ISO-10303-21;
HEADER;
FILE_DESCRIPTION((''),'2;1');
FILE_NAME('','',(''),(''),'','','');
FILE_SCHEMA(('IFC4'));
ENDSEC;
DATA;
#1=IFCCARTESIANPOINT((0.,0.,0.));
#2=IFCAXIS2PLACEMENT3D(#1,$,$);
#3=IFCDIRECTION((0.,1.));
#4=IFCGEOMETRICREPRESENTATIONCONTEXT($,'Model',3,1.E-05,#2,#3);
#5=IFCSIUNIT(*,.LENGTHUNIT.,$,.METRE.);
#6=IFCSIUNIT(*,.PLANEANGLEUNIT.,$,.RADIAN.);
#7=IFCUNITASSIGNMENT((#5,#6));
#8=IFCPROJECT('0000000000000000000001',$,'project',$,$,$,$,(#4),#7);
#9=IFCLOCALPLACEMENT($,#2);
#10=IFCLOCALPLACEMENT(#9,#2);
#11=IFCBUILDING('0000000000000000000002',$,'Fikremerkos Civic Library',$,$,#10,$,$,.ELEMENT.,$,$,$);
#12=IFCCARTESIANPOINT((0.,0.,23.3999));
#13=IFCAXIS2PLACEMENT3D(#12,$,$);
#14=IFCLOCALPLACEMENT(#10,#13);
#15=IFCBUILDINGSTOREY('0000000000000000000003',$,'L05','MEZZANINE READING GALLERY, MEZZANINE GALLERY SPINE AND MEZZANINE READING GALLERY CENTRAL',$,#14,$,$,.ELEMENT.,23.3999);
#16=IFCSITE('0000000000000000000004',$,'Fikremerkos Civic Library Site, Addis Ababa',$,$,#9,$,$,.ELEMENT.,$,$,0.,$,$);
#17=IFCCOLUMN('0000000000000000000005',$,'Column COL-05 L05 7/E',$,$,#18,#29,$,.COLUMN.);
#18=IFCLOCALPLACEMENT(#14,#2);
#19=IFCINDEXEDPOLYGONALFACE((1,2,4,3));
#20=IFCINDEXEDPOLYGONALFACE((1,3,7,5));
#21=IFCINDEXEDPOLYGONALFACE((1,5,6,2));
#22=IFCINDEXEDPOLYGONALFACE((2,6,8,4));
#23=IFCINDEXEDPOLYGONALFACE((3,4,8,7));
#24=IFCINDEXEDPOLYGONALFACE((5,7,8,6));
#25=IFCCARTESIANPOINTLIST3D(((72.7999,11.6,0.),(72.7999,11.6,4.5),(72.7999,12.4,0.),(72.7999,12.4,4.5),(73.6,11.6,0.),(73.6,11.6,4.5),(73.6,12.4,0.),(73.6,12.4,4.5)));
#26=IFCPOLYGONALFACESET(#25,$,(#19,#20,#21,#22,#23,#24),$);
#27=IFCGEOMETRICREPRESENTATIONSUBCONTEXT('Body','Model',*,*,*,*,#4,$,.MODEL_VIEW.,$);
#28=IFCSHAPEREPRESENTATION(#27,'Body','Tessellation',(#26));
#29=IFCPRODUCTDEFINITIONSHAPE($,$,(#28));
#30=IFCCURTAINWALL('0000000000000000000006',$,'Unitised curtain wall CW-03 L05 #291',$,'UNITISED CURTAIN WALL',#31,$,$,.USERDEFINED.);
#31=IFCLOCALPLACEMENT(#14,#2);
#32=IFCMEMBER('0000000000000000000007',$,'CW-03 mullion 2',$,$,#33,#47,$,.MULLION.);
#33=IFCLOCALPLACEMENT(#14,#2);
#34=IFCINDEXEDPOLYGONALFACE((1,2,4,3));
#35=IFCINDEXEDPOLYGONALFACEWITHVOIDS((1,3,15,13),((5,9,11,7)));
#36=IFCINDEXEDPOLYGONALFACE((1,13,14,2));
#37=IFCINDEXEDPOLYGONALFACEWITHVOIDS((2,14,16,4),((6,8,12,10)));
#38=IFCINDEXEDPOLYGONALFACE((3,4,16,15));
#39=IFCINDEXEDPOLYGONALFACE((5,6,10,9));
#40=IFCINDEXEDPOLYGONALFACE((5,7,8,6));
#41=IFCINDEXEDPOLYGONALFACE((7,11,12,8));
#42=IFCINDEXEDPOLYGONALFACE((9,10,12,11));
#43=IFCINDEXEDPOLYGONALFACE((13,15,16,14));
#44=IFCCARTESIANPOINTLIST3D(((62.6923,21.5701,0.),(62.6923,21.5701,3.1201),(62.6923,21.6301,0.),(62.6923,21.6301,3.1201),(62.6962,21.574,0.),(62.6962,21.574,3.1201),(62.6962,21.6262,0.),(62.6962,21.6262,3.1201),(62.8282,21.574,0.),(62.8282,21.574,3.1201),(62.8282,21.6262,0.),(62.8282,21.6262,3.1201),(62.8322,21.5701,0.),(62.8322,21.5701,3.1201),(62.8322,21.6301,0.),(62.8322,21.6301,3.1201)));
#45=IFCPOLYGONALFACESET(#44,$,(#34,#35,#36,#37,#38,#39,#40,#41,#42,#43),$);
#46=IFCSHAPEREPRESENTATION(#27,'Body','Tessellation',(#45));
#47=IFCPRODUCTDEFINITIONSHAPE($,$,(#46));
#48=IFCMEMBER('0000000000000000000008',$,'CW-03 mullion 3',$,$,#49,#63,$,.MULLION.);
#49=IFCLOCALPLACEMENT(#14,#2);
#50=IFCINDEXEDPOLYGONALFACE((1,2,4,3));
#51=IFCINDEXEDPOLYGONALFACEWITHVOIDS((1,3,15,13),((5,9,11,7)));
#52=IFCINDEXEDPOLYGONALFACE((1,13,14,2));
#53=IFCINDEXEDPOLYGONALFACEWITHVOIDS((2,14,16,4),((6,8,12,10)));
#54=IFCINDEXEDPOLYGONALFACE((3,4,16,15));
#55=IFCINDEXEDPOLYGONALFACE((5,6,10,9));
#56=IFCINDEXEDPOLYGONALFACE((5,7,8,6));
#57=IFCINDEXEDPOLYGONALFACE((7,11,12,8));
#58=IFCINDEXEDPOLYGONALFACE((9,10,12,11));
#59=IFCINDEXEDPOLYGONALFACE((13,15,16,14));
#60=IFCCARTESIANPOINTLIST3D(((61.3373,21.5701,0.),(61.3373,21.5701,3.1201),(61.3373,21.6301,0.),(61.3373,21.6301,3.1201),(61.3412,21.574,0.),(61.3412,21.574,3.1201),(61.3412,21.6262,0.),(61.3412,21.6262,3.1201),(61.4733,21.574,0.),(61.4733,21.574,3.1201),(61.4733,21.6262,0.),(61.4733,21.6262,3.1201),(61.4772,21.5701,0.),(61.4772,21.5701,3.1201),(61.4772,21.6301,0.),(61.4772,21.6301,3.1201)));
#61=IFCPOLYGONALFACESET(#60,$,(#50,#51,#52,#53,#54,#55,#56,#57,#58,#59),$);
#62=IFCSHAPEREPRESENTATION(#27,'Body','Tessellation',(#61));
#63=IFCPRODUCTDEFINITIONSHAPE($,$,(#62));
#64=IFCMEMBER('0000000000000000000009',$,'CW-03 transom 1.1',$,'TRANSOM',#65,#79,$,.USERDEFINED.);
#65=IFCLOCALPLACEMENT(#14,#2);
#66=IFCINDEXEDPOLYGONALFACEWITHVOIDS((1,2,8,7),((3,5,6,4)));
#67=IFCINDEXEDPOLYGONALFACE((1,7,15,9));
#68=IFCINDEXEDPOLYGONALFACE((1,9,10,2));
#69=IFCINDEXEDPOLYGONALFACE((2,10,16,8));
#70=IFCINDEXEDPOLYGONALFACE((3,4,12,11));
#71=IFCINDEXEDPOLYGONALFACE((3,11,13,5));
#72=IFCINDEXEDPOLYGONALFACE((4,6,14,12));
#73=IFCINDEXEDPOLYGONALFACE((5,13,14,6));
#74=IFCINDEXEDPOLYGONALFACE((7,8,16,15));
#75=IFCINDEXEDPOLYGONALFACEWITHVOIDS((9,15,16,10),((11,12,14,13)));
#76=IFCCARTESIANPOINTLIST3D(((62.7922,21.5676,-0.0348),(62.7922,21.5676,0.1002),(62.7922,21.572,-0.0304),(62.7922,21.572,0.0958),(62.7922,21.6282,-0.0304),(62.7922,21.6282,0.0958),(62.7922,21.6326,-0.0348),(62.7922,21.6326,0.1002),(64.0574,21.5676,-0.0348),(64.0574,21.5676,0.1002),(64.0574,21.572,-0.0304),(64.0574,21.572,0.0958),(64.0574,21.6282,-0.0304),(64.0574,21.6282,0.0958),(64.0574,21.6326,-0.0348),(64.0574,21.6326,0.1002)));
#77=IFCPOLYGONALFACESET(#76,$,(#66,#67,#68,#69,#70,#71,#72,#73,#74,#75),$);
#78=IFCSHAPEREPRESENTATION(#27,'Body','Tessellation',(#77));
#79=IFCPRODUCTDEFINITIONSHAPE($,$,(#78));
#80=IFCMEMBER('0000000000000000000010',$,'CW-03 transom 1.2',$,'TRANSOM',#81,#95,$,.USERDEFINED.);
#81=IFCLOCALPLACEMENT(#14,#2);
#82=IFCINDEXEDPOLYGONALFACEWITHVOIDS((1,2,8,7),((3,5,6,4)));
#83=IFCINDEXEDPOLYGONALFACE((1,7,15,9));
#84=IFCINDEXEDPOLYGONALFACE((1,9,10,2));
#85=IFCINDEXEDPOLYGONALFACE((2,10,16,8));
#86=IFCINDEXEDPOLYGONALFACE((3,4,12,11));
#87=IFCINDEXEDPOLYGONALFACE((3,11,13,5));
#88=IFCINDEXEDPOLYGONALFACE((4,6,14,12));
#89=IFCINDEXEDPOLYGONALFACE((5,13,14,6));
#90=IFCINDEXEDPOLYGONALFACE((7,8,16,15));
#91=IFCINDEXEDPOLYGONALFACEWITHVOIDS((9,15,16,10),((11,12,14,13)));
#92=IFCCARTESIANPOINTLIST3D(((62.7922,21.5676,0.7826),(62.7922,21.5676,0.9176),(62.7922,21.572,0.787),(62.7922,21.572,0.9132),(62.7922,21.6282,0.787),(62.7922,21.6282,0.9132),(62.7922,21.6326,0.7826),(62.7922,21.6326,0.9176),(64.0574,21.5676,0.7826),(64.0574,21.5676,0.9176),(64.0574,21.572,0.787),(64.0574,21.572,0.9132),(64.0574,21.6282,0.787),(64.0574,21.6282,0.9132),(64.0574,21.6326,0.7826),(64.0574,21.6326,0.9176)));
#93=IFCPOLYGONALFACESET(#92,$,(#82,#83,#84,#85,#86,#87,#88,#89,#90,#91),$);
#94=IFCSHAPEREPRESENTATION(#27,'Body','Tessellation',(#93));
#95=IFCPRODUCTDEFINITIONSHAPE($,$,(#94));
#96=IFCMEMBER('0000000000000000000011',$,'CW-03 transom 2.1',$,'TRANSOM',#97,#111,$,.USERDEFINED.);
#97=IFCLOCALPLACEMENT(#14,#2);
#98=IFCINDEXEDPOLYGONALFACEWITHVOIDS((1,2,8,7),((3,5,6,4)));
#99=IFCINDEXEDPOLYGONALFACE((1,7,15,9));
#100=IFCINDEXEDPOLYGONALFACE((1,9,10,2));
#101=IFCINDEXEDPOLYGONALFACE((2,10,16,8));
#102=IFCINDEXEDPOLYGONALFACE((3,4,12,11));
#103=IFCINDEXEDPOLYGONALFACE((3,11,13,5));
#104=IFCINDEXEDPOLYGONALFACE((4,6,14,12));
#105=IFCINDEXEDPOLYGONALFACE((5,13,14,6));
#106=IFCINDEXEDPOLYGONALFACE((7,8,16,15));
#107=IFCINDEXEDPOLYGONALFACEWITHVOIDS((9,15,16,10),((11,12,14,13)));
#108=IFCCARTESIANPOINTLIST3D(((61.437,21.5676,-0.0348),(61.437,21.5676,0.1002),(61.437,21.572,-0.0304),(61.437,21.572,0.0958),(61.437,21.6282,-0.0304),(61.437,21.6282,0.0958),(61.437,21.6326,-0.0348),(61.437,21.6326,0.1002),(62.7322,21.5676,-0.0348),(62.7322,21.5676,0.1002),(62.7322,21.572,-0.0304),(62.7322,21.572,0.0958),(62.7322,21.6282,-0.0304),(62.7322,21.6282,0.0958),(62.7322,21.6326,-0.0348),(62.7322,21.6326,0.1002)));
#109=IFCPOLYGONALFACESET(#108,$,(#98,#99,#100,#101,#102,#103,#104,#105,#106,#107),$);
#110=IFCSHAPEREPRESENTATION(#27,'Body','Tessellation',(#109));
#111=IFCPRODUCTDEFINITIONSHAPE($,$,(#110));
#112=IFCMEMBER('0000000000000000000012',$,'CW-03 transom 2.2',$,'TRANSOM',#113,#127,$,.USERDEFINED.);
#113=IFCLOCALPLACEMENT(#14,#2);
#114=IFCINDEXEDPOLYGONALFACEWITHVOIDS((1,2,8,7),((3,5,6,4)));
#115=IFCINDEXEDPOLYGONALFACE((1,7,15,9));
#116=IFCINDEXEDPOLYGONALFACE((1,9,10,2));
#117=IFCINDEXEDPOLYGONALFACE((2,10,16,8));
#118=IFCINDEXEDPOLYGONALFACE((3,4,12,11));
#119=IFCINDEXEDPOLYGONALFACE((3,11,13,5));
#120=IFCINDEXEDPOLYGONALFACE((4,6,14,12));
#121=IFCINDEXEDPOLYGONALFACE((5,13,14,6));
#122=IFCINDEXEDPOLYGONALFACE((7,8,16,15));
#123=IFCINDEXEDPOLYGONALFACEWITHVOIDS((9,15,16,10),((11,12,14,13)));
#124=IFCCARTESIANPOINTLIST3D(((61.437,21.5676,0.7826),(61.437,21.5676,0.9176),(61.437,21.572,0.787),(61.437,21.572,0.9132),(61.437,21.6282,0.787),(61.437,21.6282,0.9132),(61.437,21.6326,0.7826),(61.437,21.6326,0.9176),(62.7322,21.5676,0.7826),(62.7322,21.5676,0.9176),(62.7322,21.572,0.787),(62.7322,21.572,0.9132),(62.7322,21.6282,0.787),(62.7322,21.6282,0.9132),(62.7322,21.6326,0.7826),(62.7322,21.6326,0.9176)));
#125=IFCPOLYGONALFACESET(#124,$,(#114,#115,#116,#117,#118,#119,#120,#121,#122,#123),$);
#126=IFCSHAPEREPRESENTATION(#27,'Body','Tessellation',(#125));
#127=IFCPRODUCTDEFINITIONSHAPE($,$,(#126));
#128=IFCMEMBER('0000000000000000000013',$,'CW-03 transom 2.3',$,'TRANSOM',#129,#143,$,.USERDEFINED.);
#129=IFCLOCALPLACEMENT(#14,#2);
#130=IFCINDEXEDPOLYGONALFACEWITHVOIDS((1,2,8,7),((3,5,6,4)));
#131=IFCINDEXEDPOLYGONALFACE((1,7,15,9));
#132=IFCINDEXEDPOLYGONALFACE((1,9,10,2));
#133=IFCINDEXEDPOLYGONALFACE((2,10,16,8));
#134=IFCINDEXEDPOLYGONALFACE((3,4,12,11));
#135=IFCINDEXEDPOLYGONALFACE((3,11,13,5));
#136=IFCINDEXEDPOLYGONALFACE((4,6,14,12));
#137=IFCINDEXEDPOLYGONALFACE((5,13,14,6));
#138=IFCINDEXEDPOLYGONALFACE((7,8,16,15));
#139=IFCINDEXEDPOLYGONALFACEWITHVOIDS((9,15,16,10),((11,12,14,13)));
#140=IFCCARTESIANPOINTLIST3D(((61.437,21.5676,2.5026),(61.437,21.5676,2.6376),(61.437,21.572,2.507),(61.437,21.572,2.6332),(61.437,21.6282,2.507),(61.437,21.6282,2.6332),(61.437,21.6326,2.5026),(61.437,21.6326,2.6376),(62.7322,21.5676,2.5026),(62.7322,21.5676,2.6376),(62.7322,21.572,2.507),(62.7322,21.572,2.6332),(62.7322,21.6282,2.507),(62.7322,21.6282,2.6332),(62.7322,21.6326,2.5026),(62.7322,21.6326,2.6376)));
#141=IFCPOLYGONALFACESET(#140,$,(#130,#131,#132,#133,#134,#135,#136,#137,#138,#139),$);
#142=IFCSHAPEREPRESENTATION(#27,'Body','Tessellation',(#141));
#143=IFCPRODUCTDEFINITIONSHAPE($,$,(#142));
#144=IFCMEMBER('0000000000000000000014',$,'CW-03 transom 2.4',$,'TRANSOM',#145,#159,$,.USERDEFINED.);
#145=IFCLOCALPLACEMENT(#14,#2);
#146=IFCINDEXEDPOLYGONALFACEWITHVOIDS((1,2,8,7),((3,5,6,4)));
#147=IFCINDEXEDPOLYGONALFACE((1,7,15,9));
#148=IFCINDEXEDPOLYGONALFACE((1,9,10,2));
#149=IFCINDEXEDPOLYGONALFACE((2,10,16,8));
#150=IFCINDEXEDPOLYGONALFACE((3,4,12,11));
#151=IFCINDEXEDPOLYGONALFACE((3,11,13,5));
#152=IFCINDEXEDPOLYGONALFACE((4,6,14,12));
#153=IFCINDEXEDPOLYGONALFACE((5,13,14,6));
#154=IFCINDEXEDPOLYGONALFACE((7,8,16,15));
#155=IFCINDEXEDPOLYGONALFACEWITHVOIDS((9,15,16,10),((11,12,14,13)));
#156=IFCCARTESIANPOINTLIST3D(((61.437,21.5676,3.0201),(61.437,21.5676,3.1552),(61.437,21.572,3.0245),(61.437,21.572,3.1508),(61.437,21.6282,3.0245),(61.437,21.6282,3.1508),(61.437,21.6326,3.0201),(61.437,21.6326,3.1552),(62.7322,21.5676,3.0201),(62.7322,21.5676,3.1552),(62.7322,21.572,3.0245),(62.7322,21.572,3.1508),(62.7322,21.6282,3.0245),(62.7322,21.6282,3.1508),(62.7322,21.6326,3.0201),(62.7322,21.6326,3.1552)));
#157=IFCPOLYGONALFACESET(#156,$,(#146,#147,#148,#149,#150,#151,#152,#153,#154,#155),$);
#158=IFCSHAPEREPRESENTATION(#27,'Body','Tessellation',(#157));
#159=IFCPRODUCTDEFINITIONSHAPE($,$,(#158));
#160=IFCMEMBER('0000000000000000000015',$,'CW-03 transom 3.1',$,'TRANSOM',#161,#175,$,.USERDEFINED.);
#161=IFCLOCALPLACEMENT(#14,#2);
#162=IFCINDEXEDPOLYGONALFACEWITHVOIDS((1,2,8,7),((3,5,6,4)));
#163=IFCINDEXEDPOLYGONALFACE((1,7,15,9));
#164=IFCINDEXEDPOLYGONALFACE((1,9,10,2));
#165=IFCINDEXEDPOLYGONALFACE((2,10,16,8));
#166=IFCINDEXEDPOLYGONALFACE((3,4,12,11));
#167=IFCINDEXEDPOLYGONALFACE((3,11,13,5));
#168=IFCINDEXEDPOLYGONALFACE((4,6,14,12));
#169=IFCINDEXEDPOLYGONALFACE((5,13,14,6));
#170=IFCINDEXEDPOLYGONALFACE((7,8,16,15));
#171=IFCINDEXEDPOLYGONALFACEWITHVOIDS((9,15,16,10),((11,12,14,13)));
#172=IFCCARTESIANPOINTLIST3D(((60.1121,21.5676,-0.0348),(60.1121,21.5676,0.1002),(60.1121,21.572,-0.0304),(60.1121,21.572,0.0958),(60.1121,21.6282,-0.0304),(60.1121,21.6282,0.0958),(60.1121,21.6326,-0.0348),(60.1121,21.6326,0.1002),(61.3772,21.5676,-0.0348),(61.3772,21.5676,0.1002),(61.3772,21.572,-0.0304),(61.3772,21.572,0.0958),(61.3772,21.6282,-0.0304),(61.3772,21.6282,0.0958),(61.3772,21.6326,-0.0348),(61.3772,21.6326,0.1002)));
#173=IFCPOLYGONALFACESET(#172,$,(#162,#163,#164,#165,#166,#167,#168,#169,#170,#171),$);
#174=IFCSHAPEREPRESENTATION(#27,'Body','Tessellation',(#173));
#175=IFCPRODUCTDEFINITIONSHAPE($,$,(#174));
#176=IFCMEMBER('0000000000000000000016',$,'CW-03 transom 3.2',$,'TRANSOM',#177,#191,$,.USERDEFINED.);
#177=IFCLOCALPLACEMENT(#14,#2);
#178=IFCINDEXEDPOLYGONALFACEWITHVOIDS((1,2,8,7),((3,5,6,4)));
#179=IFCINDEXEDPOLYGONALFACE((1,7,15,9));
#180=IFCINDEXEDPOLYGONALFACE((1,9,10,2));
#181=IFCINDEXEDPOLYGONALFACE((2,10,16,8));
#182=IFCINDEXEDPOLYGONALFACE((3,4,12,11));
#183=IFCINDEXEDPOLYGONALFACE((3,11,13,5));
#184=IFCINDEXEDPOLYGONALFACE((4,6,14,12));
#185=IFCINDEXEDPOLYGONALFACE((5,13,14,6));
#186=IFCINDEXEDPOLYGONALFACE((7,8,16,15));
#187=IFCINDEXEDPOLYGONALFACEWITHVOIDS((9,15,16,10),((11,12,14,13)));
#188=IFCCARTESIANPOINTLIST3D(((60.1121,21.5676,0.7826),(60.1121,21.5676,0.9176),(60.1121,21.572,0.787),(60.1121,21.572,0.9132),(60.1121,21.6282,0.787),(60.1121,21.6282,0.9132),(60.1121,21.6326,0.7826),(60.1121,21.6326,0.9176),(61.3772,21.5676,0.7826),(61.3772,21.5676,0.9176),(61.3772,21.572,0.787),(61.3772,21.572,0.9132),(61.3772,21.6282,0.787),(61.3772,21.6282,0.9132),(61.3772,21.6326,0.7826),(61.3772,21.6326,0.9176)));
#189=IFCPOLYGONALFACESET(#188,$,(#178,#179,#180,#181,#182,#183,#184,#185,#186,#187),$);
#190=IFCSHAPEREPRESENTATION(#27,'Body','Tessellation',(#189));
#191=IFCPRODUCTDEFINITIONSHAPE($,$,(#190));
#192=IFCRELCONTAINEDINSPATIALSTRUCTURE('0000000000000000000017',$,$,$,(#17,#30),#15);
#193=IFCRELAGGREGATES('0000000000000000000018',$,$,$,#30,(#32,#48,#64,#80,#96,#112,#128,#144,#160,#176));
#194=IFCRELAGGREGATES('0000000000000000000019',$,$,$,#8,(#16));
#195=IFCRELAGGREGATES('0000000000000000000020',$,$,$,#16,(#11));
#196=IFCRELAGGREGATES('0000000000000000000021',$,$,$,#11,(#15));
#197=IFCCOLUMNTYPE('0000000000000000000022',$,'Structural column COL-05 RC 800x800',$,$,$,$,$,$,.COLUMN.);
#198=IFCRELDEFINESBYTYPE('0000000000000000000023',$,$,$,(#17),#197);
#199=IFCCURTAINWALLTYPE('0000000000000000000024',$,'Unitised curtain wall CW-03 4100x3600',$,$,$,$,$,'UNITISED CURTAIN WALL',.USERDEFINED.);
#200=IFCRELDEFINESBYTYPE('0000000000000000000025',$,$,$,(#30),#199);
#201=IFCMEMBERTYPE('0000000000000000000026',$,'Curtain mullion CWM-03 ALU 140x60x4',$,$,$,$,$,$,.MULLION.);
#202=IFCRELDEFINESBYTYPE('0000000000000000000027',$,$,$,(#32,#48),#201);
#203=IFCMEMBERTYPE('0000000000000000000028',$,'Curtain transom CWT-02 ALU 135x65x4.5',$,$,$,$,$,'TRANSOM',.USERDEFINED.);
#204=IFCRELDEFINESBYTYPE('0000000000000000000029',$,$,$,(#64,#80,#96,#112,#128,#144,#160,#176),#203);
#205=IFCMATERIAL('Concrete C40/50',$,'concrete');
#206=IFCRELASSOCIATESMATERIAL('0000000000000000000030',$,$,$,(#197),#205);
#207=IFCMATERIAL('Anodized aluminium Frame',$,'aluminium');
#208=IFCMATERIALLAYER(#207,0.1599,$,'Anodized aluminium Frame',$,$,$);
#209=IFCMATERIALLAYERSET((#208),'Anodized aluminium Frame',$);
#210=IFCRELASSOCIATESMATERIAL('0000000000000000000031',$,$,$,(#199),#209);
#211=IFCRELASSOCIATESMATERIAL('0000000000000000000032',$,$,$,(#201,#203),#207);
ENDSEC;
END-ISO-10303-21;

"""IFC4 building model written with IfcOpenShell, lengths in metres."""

from ifc_helpers import new_model, si_unit, direction, frame, origin, origin_2d, place, context, subcontext, project, spatial, rectangle, hollow_rectangle, extrude, material, layer, layer_set, material_profile, profile_set, type_object, element, aggregate, save


model = new_model("IFC4")

# Units and contexts
model_context = context("Model", 3, precision=1e-05, world=origin(), true_north=direction((0.0, 1.0)))
body_context = subcontext(model_context, "Body", "Model", "MODEL_VIEW")
ifc_project = project(units=[si_unit("LENGTHUNIT", "METRE"), si_unit("PLANEANGLEUNIT", "RADIAN")], contexts=[model_context])

# Site, building, storey
site_placement = place(None, origin())
site = spatial("IfcSite", under=ifc_project, at=site_placement, Name="Fikremerkos Civic Library Site, Addis Ababa", CompositionType="ELEMENT", RefElevation=0.0)
building_placement = place(site_placement, origin())
building = spatial("IfcBuilding", under=site, at=building_placement, Name="Fikremerkos Civic Library", CompositionType="ELEMENT")
storey_placement = place(building_placement, frame((0.0, 0.0, 23.3999)))
storey = spatial("IfcBuildingStorey", under=building, at=storey_placement, Name="L05", Description="MEZZANINE READING GALLERY, MEZZANINE GALLERY SPINE AND MEZZANINE READING GALLERY CENTRAL", CompositionType="ELEMENT", Elevation=23.3999)

# Column
ifc_material_1 = material(Name="Concrete C40/50", Category="concrete")
ifc_material_profile_1 = material_profile(ifc_material_1, rectangle(XDim=0.8, YDim=0.8, at=origin_2d()), Name="RC 800x800")
ifc_profile_set_1 = profile_set([ifc_material_profile_1], Name="Concrete C40/50")
column_type = type_object("IfcColumnType", Name="Structural column COL-05 RC 800x800", PredefinedType="COLUMN", material=ifc_profile_set_1)
column_placement = place(storey_placement, frame((73.2, 12.0, 0.0), z_axis=(0.0, 0.0, 1.0), x_axis=(1.0, 0.0, 0.0)))
element("IfcColumn", 1, at=column_placement, inside=storey, type_object=column_type, Name="Column COL-05 L05 7/E", PredefinedType="COLUMN", context=body_context, shape_type="SweptSolid", body=[
    extrude(rectangle(XDim=0.8, YDim=0.8, at=origin_2d()), origin(), (0.0, 0.0, 1.0), 4.5),
])

# Curtain wall, members
ifc_material_2 = material(Name="Anodized aluminium Frame", Category="aluminium")
ifc_layer_1 = layer(ifc_material_2, 0.1599, Name="Anodized aluminium Frame")
ifc_layer_set_1 = layer_set([ifc_layer_1], Name="Anodized aluminium Frame")
curtain_wall_type = type_object("IfcCurtainWallType", Name="Unitised curtain wall CW-03 4100x3600", ElementType="UNITISED CURTAIN WALL", PredefinedType="USERDEFINED", material=ifc_layer_set_1)
curtain_wall_placement = place(storey_placement, origin())
curtain_wall = element("IfcCurtainWall", 2, at=curtain_wall_placement, inside=storey, type_object=curtain_wall_type, Name="Unitised curtain wall CW-03 L05 #291", ObjectType="UNITISED CURTAIN WALL", PredefinedType="USERDEFINED")
ifc_material_profile_2 = material_profile(ifc_material_2, hollow_rectangle(XDim=0.0601, YDim=0.1399, WallThickness=0.0039, at=origin_2d()), Name="ALU 140x60x4")
ifc_profile_set_2 = profile_set([ifc_material_profile_2], Name="Anodized aluminium Frame")
member_type_1 = type_object("IfcMemberType", Name="Curtain mullion CWM-03 ALU 140x60x4", PredefinedType="MULLION", material=ifc_profile_set_2)
member_1_placement = place(storey_placement, frame((62.7622, 21.6001, 0.0), z_axis=(0.0, 0.0, 1.0), x_axis=(0.0, -1.0, 0.0)))
member_1 = element("IfcMember", 3, at=member_1_placement, type_object=member_type_1, Name="CW-03 mullion 2", PredefinedType="MULLION", context=body_context, shape_type="SweptSolid", body=[
    extrude(hollow_rectangle(XDim=0.0601, YDim=0.1399, WallThickness=0.0039, at=origin_2d()), origin(), (0.0, 0.0, 1.0), 3.1201),
])
member_2_placement = place(storey_placement, frame((61.4072, 21.6001, 0.0), z_axis=(0.0, 0.0, 1.0), x_axis=(0.0, -1.0, 0.0)))
member_2 = element("IfcMember", 4, at=member_2_placement, type_object=member_type_1, Name="CW-03 mullion 3", PredefinedType="MULLION", context=body_context, shape_type="SweptSolid", body=[
    extrude(hollow_rectangle(XDim=0.0601, YDim=0.1399, WallThickness=0.0039, at=origin_2d()), origin(), (0.0, 0.0, 1.0), 3.1201),
])
ifc_material_profile_3 = material_profile(ifc_material_2, hollow_rectangle(XDim=0.0649, YDim=0.135, WallThickness=0.0044, at=origin_2d()), Name="ALU 135x65x4.5")
ifc_profile_set_3 = profile_set([ifc_material_profile_3], Name="Anodized aluminium Frame")
member_type_2 = type_object("IfcMemberType", Name="Curtain transom CWT-02 ALU 135x65x4.5", ElementType="TRANSOM", PredefinedType="USERDEFINED", material=ifc_profile_set_3)
member_3_placement = place(storey_placement, frame((64.0574, 21.6001, 0.0327), z_axis=(-1.0, 0.0, 0.0), x_axis=(0.0, -1.0, 0.0)))
member_3 = element("IfcMember", 5, at=member_3_placement, type_object=member_type_2, Name="CW-03 transom 1.1", ObjectType="TRANSOM", PredefinedType="USERDEFINED", context=body_context, shape_type="SweptSolid", body=[
    extrude(hollow_rectangle(XDim=0.0649, YDim=0.135, WallThickness=0.0044, at=origin_2d()), origin(), (0.0, 0.0, 1.0), 1.2651),
])
member_4_placement = place(storey_placement, frame((64.0574, 21.6001, 0.8501), z_axis=(-1.0, 0.0, 0.0), x_axis=(0.0, -1.0, 0.0)))
member_4 = element("IfcMember", 6, at=member_4_placement, type_object=member_type_2, Name="CW-03 transom 1.2", ObjectType="TRANSOM", PredefinedType="USERDEFINED", context=body_context, shape_type="SweptSolid", body=[
    extrude(hollow_rectangle(XDim=0.0649, YDim=0.135, WallThickness=0.0044, at=origin_2d()), origin(), (0.0, 0.0, 1.0), 1.2651),
])
member_5_placement = place(storey_placement, frame((62.7322, 21.6001, 0.0327), z_axis=(-1.0, 0.0, 0.0), x_axis=(0.0, -1.0, 0.0)))
member_5 = element("IfcMember", 7, at=member_5_placement, type_object=member_type_2, Name="CW-03 transom 2.1", ObjectType="TRANSOM", PredefinedType="USERDEFINED", context=body_context, shape_type="SweptSolid", body=[
    extrude(hollow_rectangle(XDim=0.0649, YDim=0.135, WallThickness=0.0044, at=origin_2d()), origin(), (0.0, 0.0, 1.0), 1.2952),
])
member_6_placement = place(storey_placement, frame((62.7322, 21.6001, 0.8501), z_axis=(-1.0, 0.0, 0.0), x_axis=(0.0, -1.0, 0.0)))
member_6 = element("IfcMember", 8, at=member_6_placement, type_object=member_type_2, Name="CW-03 transom 2.2", ObjectType="TRANSOM", PredefinedType="USERDEFINED", context=body_context, shape_type="SweptSolid", body=[
    extrude(hollow_rectangle(XDim=0.0649, YDim=0.135, WallThickness=0.0044, at=origin_2d()), origin(), (0.0, 0.0, 1.0), 1.2952),
])
member_7_placement = place(storey_placement, frame((62.7322, 21.6001, 2.5701), z_axis=(-1.0, 0.0, 0.0), x_axis=(0.0, -1.0, 0.0)))
member_7 = element("IfcMember", 9, at=member_7_placement, type_object=member_type_2, Name="CW-03 transom 2.3", ObjectType="TRANSOM", PredefinedType="USERDEFINED", context=body_context, shape_type="SweptSolid", body=[
    extrude(hollow_rectangle(XDim=0.0649, YDim=0.135, WallThickness=0.0044, at=origin_2d()), origin(), (0.0, 0.0, 1.0), 1.2952),
])
member_8_placement = place(storey_placement, frame((62.7322, 21.6001, 3.0876), z_axis=(-1.0, 0.0, 0.0), x_axis=(0.0, -1.0, 0.0)))
member_8 = element("IfcMember", 10, at=member_8_placement, type_object=member_type_2, Name="CW-03 transom 2.4", ObjectType="TRANSOM", PredefinedType="USERDEFINED", context=body_context, shape_type="SweptSolid", body=[
    extrude(hollow_rectangle(XDim=0.0649, YDim=0.135, WallThickness=0.0044, at=origin_2d()), origin(), (0.0, 0.0, 1.0), 1.2952),
])
member_9_placement = place(storey_placement, frame((61.3772, 21.6001, 0.0327), z_axis=(-1.0, 0.0, 0.0), x_axis=(0.0, -1.0, 0.0)))
member_9 = element("IfcMember", 11, at=member_9_placement, type_object=member_type_2, Name="CW-03 transom 3.1", ObjectType="TRANSOM", PredefinedType="USERDEFINED", context=body_context, shape_type="SweptSolid", body=[
    extrude(hollow_rectangle(XDim=0.0649, YDim=0.135, WallThickness=0.0044, at=origin_2d()), origin(), (0.0, 0.0, 1.0), 1.2651),
])
member_10_placement = place(storey_placement, frame((61.3772, 21.6001, 0.8501), z_axis=(-1.0, 0.0, 0.0), x_axis=(0.0, -1.0, 0.0)))
member_10 = element("IfcMember", 12, at=member_10_placement, type_object=member_type_2, Name="CW-03 transom 3.2", ObjectType="TRANSOM", PredefinedType="USERDEFINED", context=body_context, shape_type="SweptSolid", body=[
    extrude(hollow_rectangle(XDim=0.0649, YDim=0.135, WallThickness=0.0044, at=origin_2d()), origin(), (0.0, 0.0, 1.0), 1.2651),
])
aggregate(curtain_wall, [member_1, member_2, member_3, member_4, member_5, member_6, member_7, member_8, member_9, member_10])

save(model, "model.ifc")
